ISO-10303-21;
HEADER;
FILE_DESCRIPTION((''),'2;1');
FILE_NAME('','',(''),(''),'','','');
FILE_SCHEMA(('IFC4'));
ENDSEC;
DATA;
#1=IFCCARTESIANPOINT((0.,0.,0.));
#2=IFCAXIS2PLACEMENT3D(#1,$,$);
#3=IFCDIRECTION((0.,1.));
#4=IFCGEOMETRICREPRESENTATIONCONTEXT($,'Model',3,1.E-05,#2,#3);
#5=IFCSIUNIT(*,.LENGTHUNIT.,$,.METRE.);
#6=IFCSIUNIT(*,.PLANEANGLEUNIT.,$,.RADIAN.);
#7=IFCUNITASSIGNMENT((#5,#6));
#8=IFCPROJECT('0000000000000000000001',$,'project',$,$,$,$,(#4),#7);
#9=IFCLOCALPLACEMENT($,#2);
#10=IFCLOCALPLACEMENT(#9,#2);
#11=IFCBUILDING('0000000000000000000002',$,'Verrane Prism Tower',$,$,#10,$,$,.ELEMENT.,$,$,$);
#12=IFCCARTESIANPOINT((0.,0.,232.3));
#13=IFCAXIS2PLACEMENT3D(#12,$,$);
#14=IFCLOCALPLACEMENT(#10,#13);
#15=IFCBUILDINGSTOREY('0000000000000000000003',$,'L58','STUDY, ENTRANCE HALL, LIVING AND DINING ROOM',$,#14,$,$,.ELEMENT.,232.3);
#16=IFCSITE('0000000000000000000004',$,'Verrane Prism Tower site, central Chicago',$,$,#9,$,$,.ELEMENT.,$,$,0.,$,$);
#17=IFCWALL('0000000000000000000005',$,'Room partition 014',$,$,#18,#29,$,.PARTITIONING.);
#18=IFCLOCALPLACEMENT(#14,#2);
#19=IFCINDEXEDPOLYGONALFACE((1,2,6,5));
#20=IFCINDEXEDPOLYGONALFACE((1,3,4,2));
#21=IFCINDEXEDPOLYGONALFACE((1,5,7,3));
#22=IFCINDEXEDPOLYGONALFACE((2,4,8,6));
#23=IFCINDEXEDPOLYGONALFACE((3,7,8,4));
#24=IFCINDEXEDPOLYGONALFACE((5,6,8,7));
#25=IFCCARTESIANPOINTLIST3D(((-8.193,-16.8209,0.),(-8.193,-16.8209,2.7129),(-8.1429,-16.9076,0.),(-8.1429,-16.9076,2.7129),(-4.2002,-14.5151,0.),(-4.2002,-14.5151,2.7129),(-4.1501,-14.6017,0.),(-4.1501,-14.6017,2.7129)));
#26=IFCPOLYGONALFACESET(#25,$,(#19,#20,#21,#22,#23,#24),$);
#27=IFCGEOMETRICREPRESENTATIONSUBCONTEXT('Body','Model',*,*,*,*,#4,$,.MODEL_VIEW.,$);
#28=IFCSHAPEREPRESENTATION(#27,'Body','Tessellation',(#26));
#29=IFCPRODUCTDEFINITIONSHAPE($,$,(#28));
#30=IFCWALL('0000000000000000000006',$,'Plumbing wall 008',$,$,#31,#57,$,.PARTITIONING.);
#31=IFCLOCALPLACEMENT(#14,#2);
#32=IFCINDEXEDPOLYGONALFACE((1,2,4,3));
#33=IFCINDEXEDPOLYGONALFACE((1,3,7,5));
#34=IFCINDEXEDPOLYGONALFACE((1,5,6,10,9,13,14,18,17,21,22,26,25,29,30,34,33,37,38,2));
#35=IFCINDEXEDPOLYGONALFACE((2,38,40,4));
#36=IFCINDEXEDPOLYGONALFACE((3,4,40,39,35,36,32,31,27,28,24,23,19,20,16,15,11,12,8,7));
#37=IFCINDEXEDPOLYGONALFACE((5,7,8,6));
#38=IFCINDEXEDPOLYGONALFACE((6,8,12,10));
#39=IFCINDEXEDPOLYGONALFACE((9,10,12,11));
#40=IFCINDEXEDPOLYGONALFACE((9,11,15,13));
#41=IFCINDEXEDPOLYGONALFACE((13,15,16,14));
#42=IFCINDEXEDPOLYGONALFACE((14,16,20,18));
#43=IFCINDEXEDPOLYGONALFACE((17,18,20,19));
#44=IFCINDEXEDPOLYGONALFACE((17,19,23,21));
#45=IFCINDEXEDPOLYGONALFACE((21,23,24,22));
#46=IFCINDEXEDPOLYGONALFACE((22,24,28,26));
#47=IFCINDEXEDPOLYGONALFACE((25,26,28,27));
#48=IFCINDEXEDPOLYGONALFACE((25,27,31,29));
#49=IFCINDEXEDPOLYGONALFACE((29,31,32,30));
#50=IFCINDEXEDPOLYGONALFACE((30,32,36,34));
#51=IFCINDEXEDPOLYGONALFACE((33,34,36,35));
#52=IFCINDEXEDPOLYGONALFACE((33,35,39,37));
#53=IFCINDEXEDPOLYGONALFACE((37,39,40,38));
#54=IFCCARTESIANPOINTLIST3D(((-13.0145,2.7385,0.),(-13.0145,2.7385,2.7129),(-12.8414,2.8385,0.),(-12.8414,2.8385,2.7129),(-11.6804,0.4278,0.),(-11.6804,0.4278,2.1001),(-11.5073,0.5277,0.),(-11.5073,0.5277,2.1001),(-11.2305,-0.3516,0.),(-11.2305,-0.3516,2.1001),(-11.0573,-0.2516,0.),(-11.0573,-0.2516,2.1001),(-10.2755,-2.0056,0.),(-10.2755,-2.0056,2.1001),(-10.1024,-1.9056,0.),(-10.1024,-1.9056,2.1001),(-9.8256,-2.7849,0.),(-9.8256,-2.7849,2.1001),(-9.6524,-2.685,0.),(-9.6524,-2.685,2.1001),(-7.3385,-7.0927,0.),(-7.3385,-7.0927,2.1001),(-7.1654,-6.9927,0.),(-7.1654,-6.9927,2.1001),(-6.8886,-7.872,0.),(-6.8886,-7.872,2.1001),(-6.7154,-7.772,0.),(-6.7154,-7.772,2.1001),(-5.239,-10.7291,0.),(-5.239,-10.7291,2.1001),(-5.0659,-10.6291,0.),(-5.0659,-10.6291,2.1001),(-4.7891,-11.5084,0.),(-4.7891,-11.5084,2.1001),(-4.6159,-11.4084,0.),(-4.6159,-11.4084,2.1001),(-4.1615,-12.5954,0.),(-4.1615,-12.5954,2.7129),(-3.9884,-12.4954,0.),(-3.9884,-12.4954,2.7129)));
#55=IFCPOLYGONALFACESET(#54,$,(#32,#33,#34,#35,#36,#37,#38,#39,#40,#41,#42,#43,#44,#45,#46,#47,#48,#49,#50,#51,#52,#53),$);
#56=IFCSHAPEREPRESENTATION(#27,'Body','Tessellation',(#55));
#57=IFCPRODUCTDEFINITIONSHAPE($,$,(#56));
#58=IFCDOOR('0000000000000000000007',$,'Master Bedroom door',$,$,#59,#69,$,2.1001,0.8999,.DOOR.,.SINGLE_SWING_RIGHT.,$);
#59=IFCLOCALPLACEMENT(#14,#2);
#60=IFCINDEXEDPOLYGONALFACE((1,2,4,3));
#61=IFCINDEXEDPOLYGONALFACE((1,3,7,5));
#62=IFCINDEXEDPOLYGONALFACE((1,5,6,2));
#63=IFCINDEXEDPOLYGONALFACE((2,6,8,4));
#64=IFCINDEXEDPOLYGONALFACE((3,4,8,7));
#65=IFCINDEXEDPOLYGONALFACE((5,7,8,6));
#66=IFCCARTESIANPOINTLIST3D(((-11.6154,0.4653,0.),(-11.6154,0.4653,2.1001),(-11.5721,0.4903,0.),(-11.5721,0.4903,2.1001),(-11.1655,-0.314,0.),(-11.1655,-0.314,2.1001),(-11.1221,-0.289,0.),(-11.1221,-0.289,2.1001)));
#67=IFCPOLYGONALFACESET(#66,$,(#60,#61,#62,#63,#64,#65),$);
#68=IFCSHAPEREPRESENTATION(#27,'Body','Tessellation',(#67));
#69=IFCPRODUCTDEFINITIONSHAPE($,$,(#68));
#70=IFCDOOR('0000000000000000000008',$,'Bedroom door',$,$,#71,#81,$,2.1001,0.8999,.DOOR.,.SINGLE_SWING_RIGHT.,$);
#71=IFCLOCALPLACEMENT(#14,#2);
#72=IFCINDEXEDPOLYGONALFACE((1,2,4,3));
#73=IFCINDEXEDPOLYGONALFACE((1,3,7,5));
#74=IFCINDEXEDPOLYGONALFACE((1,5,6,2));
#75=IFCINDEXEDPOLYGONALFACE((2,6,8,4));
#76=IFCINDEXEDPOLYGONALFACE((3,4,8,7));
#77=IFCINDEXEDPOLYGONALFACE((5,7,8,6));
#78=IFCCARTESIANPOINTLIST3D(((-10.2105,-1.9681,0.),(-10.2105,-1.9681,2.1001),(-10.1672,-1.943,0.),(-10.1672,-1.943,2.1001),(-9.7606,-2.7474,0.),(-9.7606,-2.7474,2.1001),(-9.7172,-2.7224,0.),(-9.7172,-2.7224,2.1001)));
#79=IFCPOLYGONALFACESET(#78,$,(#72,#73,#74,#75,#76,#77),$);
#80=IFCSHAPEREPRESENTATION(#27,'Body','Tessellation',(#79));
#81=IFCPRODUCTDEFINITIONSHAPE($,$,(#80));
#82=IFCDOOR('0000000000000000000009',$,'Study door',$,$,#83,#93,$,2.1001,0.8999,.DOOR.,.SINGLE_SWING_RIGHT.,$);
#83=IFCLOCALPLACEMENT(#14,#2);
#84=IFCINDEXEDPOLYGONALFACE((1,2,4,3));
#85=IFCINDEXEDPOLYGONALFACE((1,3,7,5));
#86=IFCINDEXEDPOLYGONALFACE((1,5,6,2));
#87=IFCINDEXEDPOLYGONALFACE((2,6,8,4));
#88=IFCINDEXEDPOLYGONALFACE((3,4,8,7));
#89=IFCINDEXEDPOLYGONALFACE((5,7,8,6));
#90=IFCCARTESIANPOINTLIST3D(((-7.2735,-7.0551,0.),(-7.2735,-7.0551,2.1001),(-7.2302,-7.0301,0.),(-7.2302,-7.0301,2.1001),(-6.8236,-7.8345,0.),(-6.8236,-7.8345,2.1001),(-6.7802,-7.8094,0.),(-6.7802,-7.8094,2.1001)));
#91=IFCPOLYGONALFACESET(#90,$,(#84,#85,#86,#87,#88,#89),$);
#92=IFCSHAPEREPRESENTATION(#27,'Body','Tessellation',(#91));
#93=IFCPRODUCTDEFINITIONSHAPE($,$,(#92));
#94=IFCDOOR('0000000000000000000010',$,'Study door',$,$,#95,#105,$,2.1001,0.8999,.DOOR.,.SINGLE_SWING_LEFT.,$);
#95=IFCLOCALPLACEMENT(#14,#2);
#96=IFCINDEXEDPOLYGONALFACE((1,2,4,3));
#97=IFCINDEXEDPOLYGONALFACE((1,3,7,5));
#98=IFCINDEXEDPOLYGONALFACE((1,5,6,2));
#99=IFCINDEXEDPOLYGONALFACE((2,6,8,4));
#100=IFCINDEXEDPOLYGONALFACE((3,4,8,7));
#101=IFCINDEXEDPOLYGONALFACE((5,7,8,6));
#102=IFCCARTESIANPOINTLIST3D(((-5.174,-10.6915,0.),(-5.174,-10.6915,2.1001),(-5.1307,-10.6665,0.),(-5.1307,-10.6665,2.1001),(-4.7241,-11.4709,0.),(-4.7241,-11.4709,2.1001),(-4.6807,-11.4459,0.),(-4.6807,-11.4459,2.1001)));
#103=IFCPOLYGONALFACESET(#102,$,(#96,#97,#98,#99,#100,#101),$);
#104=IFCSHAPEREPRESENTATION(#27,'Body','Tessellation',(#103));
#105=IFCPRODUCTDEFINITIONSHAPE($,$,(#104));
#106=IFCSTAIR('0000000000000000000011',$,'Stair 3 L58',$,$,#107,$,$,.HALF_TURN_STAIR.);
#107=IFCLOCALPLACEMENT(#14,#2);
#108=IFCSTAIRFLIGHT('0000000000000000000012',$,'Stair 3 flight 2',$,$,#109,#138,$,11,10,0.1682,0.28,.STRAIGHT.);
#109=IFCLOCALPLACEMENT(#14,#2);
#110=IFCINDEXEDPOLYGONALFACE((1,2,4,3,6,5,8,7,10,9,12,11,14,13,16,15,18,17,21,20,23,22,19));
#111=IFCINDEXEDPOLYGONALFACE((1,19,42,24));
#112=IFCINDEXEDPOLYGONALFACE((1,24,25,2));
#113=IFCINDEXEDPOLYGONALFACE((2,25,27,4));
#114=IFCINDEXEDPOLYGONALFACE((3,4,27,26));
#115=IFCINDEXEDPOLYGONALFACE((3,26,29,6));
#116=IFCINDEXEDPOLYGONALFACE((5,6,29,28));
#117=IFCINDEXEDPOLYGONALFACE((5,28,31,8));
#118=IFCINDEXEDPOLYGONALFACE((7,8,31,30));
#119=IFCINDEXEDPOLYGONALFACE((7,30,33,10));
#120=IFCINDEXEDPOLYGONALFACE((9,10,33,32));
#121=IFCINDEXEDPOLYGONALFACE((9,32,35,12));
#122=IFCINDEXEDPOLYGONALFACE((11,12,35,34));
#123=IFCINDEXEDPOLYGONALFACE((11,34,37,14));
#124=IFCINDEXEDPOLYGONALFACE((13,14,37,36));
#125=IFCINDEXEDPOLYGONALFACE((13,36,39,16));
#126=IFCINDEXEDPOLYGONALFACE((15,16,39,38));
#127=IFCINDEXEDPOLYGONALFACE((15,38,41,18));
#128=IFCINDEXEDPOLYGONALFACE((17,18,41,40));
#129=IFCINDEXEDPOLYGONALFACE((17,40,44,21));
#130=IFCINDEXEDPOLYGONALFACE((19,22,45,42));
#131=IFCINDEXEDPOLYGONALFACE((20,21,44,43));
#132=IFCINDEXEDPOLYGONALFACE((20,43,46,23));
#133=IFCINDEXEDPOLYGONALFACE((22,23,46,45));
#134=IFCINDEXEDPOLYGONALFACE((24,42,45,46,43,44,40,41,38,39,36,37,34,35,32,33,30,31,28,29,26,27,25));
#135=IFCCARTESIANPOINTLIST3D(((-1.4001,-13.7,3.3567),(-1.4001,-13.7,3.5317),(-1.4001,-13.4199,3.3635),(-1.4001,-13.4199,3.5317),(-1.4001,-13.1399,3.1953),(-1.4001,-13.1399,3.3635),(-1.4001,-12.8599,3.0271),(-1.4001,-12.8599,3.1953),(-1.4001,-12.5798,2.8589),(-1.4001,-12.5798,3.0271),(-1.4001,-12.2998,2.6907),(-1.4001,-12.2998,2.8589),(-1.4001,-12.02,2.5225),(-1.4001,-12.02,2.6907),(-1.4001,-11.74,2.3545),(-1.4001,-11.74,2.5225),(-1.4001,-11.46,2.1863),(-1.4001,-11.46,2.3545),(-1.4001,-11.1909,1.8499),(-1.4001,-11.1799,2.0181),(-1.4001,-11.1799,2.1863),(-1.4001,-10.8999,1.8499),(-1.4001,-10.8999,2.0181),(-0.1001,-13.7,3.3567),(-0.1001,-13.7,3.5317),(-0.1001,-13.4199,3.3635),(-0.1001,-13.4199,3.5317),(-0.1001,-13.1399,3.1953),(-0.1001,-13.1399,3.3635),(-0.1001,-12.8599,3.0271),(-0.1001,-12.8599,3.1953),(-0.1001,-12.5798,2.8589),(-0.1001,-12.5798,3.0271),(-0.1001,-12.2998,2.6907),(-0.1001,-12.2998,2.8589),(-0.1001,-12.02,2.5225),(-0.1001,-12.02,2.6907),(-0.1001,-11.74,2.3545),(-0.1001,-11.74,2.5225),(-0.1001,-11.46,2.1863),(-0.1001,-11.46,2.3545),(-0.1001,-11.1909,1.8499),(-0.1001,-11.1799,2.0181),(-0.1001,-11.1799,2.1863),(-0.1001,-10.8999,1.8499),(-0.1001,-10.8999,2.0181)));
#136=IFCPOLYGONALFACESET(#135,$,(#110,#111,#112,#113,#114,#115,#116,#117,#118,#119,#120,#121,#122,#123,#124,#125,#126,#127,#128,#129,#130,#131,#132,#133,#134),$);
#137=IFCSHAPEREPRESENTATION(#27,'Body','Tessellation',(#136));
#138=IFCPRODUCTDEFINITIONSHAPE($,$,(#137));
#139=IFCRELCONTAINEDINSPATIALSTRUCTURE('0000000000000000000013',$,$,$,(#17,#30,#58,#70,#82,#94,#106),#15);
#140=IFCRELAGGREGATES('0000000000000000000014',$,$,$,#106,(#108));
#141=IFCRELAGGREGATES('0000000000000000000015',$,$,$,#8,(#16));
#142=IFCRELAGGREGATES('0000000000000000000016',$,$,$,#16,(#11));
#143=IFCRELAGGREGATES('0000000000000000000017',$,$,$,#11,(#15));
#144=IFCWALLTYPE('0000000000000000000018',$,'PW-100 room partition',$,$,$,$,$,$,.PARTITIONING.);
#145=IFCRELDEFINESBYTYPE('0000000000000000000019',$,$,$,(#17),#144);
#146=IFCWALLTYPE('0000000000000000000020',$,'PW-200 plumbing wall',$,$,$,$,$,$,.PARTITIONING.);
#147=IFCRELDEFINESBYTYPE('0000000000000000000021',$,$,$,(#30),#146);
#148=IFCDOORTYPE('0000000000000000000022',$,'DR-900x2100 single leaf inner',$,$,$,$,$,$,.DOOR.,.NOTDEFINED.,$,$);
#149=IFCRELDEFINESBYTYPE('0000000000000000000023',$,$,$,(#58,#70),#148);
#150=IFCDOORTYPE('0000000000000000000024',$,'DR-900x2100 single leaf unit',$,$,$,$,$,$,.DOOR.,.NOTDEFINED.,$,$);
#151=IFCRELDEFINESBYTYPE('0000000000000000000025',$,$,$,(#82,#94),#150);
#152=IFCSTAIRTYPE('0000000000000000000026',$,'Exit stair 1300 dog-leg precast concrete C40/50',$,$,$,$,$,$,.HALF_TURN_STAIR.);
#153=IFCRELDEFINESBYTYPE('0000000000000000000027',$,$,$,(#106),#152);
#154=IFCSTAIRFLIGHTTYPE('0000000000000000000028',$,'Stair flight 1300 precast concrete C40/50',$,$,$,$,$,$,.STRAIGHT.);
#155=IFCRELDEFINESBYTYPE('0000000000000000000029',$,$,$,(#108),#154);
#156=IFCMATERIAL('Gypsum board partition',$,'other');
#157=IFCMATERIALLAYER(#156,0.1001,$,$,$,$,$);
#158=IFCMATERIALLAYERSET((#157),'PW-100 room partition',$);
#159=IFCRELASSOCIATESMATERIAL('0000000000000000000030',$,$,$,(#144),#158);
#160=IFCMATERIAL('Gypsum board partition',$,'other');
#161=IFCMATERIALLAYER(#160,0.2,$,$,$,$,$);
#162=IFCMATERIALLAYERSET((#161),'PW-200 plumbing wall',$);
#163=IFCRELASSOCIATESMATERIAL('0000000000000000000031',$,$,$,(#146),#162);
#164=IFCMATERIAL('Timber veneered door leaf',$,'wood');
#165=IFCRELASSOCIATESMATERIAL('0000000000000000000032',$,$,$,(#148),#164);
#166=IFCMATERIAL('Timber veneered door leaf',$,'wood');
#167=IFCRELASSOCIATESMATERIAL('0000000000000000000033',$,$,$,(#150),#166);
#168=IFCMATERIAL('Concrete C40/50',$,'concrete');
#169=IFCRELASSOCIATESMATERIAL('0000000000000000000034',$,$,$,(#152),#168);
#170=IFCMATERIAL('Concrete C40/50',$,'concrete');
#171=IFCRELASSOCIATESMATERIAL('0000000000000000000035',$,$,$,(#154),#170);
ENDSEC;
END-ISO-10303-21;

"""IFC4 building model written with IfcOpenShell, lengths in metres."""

from ifc_helpers import new_model, si_unit, direction, frame, frame_2d, origin, place, context, subcontext, project, spatial, polyline, rectangle, outline, extrude, material, layer, layer_set, type_object, element, fill, aggregate, save


model = new_model("IFC4")

# Units and contexts
model_context = context("Model", 3, precision=1e-05, world=origin(), true_north=direction((0.0, 1.0)))
body_context = subcontext(model_context, "Body", "Model", "MODEL_VIEW")
ifc_project = project(units=[si_unit("LENGTHUNIT", "METRE"), si_unit("PLANEANGLEUNIT", "RADIAN")], contexts=[model_context])

# Site, building, storey
site_placement = place(None, origin())
site = spatial("IfcSite", under=ifc_project, at=site_placement, Name="Verrane Prism Tower site, central Chicago", CompositionType="ELEMENT", RefElevation=0.0)
building_placement = place(site_placement, origin())
building = spatial("IfcBuilding", under=site, at=building_placement, Name="Verrane Prism Tower", CompositionType="ELEMENT")
storey_placement = place(building_placement, frame((0.0, 0.0, 232.3)))
storey = spatial("IfcBuildingStorey", under=building, at=storey_placement, Name="L58", Description="STUDY, ENTRANCE HALL, LIVING AND DINING ROOM", CompositionType="ELEMENT", Elevation=232.3)

# Wall
ifc_material_1 = material(Name="Gypsum board partition", Category="other")
ifc_layer_1 = layer(ifc_material_1, 0.1001)
ifc_layer_set_1 = layer_set([ifc_layer_1], Name="PW-100 room partition")
wall_type_1 = type_object("IfcWallType", Name="PW-100 room partition", PredefinedType="PARTITIONING", material=ifc_layer_set_1)
wall_1_placement = place(storey_placement, frame((-8.168, -16.8643, 0.0), z_axis=(0.0, 0.0, 1.0), x_axis=(0.86597, 0.500097, 0.0)))
element("IfcWall", 1, at=wall_1_placement, inside=storey, type_object=wall_type_1, Name="Room partition 014", PredefinedType="PARTITIONING", context=body_context, shape_type="SweptSolid", body=[
    extrude(rectangle(XDim=4.6108, YDim=0.1001, at=frame_2d((2.3054, 0.0))), origin(), (0.0, 0.0, 1.0), 2.7129),
])

# Wall, openings, doors
ifc_material_2 = material(Name="Gypsum board partition", Category="other")
ifc_layer_2 = layer(ifc_material_2, 0.2)
ifc_layer_set_2 = layer_set([ifc_layer_2], Name="PW-200 plumbing wall")
wall_type_2 = type_object("IfcWallType", Name="PW-200 plumbing wall", PredefinedType="PARTITIONING", material=ifc_layer_set_2)
wall_2_placement = place(storey_placement, frame((-4.075, -12.5454, 0.0), z_axis=(0.0, 0.0, 1.0), x_axis=(-0.499998, 0.866027, 0.0)))
wall_2 = element("IfcWall", 2, at=wall_2_placement, inside=storey, type_object=wall_type_2, Name="Plumbing wall 008", PredefinedType="PARTITIONING", context=body_context, shape_type="SweptSolid", body=[
    extrude(rectangle(XDim=17.7061, YDim=0.2, at=frame_2d((8.853, 0.0))), origin(), (0.0, 0.0, 1.0), 2.7129),
])
opening_1_placement = place(wall_2_placement, frame((14.1379, 0.0, 0.0)))
opening_1 = element("IfcOpeningElement", 3, at=opening_1_placement, cuts=wall_2, PredefinedType="OPENING", context=body_context, shape_type="SweptSolid", body=[
    extrude(rectangle(XDim=0.8999, YDim=2.1001, at=frame_2d((0.45, 1.05))), frame((0.0, 0.1099, 0.0), z_axis=(0.0, -1.0, 0.0), x_axis=(1.0, 0.0, 0.0)), (0.0, 0.0, 1.0), 0.22),
])
opening_2_placement = place(wall_2_placement, frame((11.3281, 0.0, 0.0)))
opening_2 = element("IfcOpeningElement", 4, at=opening_2_placement, cuts=wall_2, PredefinedType="OPENING", context=body_context, shape_type="SweptSolid", body=[
    extrude(rectangle(XDim=0.8999, YDim=2.1001, at=frame_2d((0.45, 1.05))), frame((0.0, 0.1099, 0.0), z_axis=(0.0, -1.0, 0.0), x_axis=(1.0, 0.0, 0.0)), (0.0, 0.0, 1.0), 0.22),
])
opening_3_placement = place(wall_2_placement, frame((5.4541, 0.0, 0.0)))
opening_3 = element("IfcOpeningElement", 5, at=opening_3_placement, cuts=wall_2, PredefinedType="OPENING", context=body_context, shape_type="SweptSolid", body=[
    extrude(rectangle(XDim=0.8999, YDim=2.1001, at=frame_2d((0.45, 1.05))), frame((0.0, 0.1099, 0.0), z_axis=(0.0, -1.0, 0.0), x_axis=(1.0, 0.0, 0.0)), (0.0, 0.0, 1.0), 0.22),
])
opening_4_placement = place(wall_2_placement, frame((1.2551, 0.0, 0.0)))
opening_4 = element("IfcOpeningElement", 6, at=opening_4_placement, cuts=wall_2, PredefinedType="OPENING", context=body_context, shape_type="SweptSolid", body=[
    extrude(rectangle(XDim=0.8999, YDim=2.1001, at=frame_2d((0.45, 1.05))), frame((0.0, 0.1099, 0.0), z_axis=(0.0, -1.0, 0.0), x_axis=(1.0, 0.0, 0.0)), (0.0, 0.0, 1.0), 0.22),
])
ifc_material_3 = material(Name="Timber veneered door leaf", Category="wood")
door_type_1 = type_object("IfcDoorType", Name="DR-900x2100 single leaf inner", OperationType="NOTDEFINED", PredefinedType="DOOR", material=ifc_material_3)
door_1_placement = place(opening_1_placement, origin())
door_1 = element("IfcDoor", 7, at=door_1_placement, inside=storey, type_object=door_type_1, Name="Master Bedroom door", OperationType="SINGLE_SWING_RIGHT", OverallHeight=2.1001, OverallWidth=0.8999, PredefinedType="DOOR", context=body_context, shape_type="SweptSolid", body=[
    extrude(rectangle(XDim=0.8999, YDim=2.1001, at=frame_2d((0.45, 1.05))), frame((0.0, 0.0249, 0.0), z_axis=(0.0, -1.0, 0.0), x_axis=(1.0, 0.0, 0.0)), (0.0, 0.0, 1.0), 0.05),
])
fill(opening_1, door_1)
door_2_placement = place(opening_2_placement, origin())
door_2 = element("IfcDoor", 8, at=door_2_placement, inside=storey, type_object=door_type_1, Name="Bedroom door", OperationType="SINGLE_SWING_RIGHT", OverallHeight=2.1001, OverallWidth=0.8999, PredefinedType="DOOR", context=body_context, shape_type="SweptSolid", body=[
    extrude(rectangle(XDim=0.8999, YDim=2.1001, at=frame_2d((0.45, 1.05))), frame((0.0, 0.0249, 0.0), z_axis=(0.0, -1.0, 0.0), x_axis=(1.0, 0.0, 0.0)), (0.0, 0.0, 1.0), 0.05),
])
fill(opening_2, door_2)
ifc_material_4 = material(Name="Timber veneered door leaf", Category="wood")
door_type_2 = type_object("IfcDoorType", Name="DR-900x2100 single leaf unit", OperationType="NOTDEFINED", PredefinedType="DOOR", material=ifc_material_4)
door_3_placement = place(opening_3_placement, origin())
door_3 = element("IfcDoor", 9, at=door_3_placement, inside=storey, type_object=door_type_2, Name="Study door", OperationType="SINGLE_SWING_RIGHT", OverallHeight=2.1001, OverallWidth=0.8999, PredefinedType="DOOR", context=body_context, shape_type="SweptSolid", body=[
    extrude(rectangle(XDim=0.8999, YDim=2.1001, at=frame_2d((0.45, 1.05))), frame((0.0, 0.0249, 0.0), z_axis=(0.0, -1.0, 0.0), x_axis=(1.0, 0.0, 0.0)), (0.0, 0.0, 1.0), 0.05),
])
fill(opening_3, door_3)
door_4_placement = place(opening_4_placement, origin())
door_4 = element("IfcDoor", 10, at=door_4_placement, inside=storey, type_object=door_type_2, Name="Study door", OperationType="SINGLE_SWING_LEFT", OverallHeight=2.1001, OverallWidth=0.8999, PredefinedType="DOOR", context=body_context, shape_type="SweptSolid", body=[
    extrude(rectangle(XDim=0.8999, YDim=2.1001, at=frame_2d((0.45, 1.05))), frame((0.0, 0.0249, 0.0), z_axis=(0.0, -1.0, 0.0), x_axis=(1.0, 0.0, 0.0)), (0.0, 0.0, 1.0), 0.05),
])
fill(opening_4, door_4)

# Stair, stair flight
ifc_material_5 = material(Name="Concrete C40/50", Category="concrete")
stair_type = type_object("IfcStairType", Name="Exit stair 1300 dog-leg precast concrete C40/50", PredefinedType="HALF_TURN_STAIR", material=ifc_material_5)
stair_placement = place(storey_placement, origin())
stair = element("IfcStair", 11, at=stair_placement, inside=storey, type_object=stair_type, Name="Stair 3 L58", PredefinedType="HALF_TURN_STAIR")
ifc_material_6 = material(Name="Concrete C40/50", Category="concrete")
stair_flight_type = type_object("IfcStairFlightType", Name="Stair flight 1300 precast concrete C40/50", PredefinedType="STRAIGHT", material=ifc_material_6)
stair_flight_placement = place(storey_placement, frame((-0.75, -10.8999, 1.8499), z_axis=(0.0, 0.0, 1.0), x_axis=(0.0, -1.0, 0.0)))
stair_flight = element("IfcStairFlight", 12, at=stair_flight_placement, type_object=stair_flight_type, Name="Stair 3 flight 2", NumberOfRisers=11, NumberOfTreads=10, PredefinedType="STRAIGHT", RiserHeight=0.1682, TreadLength=0.28, context=body_context, shape_type="SweptSolid", body=[
    extrude(outline(polyline([(0.0, 0.0), (0.0, 0.1682), (0.28, 0.1682), (0.28, 0.3364), (0.5601, 0.3364), (0.5601, 0.5046), (0.8401, 0.5046), (0.8401, 0.6726), (1.1201, 0.6726), (1.1201, 0.8408), (1.3999, 0.8408), (1.3999, 1.009), (1.6799, 1.009), (1.6799, 1.1772), (1.96, 1.1772), (1.96, 1.3455), (2.24, 1.3455), (2.24, 1.5137), (2.52, 1.5137), (2.52, 1.6819), (2.8, 1.6819), (2.8, 1.8501), (2.8, 1.5068), (0.291, 0.0), (0.0, 0.0)])), frame((0.0, 0.6499, 0.0), z_axis=(0.0, -1.0, 0.0), x_axis=(1.0, 0.0, 0.0)), (0.0, 0.0, 1.0), 1.3),
])
aggregate(stair, [stair_flight])

save(model, "model.ifc")
